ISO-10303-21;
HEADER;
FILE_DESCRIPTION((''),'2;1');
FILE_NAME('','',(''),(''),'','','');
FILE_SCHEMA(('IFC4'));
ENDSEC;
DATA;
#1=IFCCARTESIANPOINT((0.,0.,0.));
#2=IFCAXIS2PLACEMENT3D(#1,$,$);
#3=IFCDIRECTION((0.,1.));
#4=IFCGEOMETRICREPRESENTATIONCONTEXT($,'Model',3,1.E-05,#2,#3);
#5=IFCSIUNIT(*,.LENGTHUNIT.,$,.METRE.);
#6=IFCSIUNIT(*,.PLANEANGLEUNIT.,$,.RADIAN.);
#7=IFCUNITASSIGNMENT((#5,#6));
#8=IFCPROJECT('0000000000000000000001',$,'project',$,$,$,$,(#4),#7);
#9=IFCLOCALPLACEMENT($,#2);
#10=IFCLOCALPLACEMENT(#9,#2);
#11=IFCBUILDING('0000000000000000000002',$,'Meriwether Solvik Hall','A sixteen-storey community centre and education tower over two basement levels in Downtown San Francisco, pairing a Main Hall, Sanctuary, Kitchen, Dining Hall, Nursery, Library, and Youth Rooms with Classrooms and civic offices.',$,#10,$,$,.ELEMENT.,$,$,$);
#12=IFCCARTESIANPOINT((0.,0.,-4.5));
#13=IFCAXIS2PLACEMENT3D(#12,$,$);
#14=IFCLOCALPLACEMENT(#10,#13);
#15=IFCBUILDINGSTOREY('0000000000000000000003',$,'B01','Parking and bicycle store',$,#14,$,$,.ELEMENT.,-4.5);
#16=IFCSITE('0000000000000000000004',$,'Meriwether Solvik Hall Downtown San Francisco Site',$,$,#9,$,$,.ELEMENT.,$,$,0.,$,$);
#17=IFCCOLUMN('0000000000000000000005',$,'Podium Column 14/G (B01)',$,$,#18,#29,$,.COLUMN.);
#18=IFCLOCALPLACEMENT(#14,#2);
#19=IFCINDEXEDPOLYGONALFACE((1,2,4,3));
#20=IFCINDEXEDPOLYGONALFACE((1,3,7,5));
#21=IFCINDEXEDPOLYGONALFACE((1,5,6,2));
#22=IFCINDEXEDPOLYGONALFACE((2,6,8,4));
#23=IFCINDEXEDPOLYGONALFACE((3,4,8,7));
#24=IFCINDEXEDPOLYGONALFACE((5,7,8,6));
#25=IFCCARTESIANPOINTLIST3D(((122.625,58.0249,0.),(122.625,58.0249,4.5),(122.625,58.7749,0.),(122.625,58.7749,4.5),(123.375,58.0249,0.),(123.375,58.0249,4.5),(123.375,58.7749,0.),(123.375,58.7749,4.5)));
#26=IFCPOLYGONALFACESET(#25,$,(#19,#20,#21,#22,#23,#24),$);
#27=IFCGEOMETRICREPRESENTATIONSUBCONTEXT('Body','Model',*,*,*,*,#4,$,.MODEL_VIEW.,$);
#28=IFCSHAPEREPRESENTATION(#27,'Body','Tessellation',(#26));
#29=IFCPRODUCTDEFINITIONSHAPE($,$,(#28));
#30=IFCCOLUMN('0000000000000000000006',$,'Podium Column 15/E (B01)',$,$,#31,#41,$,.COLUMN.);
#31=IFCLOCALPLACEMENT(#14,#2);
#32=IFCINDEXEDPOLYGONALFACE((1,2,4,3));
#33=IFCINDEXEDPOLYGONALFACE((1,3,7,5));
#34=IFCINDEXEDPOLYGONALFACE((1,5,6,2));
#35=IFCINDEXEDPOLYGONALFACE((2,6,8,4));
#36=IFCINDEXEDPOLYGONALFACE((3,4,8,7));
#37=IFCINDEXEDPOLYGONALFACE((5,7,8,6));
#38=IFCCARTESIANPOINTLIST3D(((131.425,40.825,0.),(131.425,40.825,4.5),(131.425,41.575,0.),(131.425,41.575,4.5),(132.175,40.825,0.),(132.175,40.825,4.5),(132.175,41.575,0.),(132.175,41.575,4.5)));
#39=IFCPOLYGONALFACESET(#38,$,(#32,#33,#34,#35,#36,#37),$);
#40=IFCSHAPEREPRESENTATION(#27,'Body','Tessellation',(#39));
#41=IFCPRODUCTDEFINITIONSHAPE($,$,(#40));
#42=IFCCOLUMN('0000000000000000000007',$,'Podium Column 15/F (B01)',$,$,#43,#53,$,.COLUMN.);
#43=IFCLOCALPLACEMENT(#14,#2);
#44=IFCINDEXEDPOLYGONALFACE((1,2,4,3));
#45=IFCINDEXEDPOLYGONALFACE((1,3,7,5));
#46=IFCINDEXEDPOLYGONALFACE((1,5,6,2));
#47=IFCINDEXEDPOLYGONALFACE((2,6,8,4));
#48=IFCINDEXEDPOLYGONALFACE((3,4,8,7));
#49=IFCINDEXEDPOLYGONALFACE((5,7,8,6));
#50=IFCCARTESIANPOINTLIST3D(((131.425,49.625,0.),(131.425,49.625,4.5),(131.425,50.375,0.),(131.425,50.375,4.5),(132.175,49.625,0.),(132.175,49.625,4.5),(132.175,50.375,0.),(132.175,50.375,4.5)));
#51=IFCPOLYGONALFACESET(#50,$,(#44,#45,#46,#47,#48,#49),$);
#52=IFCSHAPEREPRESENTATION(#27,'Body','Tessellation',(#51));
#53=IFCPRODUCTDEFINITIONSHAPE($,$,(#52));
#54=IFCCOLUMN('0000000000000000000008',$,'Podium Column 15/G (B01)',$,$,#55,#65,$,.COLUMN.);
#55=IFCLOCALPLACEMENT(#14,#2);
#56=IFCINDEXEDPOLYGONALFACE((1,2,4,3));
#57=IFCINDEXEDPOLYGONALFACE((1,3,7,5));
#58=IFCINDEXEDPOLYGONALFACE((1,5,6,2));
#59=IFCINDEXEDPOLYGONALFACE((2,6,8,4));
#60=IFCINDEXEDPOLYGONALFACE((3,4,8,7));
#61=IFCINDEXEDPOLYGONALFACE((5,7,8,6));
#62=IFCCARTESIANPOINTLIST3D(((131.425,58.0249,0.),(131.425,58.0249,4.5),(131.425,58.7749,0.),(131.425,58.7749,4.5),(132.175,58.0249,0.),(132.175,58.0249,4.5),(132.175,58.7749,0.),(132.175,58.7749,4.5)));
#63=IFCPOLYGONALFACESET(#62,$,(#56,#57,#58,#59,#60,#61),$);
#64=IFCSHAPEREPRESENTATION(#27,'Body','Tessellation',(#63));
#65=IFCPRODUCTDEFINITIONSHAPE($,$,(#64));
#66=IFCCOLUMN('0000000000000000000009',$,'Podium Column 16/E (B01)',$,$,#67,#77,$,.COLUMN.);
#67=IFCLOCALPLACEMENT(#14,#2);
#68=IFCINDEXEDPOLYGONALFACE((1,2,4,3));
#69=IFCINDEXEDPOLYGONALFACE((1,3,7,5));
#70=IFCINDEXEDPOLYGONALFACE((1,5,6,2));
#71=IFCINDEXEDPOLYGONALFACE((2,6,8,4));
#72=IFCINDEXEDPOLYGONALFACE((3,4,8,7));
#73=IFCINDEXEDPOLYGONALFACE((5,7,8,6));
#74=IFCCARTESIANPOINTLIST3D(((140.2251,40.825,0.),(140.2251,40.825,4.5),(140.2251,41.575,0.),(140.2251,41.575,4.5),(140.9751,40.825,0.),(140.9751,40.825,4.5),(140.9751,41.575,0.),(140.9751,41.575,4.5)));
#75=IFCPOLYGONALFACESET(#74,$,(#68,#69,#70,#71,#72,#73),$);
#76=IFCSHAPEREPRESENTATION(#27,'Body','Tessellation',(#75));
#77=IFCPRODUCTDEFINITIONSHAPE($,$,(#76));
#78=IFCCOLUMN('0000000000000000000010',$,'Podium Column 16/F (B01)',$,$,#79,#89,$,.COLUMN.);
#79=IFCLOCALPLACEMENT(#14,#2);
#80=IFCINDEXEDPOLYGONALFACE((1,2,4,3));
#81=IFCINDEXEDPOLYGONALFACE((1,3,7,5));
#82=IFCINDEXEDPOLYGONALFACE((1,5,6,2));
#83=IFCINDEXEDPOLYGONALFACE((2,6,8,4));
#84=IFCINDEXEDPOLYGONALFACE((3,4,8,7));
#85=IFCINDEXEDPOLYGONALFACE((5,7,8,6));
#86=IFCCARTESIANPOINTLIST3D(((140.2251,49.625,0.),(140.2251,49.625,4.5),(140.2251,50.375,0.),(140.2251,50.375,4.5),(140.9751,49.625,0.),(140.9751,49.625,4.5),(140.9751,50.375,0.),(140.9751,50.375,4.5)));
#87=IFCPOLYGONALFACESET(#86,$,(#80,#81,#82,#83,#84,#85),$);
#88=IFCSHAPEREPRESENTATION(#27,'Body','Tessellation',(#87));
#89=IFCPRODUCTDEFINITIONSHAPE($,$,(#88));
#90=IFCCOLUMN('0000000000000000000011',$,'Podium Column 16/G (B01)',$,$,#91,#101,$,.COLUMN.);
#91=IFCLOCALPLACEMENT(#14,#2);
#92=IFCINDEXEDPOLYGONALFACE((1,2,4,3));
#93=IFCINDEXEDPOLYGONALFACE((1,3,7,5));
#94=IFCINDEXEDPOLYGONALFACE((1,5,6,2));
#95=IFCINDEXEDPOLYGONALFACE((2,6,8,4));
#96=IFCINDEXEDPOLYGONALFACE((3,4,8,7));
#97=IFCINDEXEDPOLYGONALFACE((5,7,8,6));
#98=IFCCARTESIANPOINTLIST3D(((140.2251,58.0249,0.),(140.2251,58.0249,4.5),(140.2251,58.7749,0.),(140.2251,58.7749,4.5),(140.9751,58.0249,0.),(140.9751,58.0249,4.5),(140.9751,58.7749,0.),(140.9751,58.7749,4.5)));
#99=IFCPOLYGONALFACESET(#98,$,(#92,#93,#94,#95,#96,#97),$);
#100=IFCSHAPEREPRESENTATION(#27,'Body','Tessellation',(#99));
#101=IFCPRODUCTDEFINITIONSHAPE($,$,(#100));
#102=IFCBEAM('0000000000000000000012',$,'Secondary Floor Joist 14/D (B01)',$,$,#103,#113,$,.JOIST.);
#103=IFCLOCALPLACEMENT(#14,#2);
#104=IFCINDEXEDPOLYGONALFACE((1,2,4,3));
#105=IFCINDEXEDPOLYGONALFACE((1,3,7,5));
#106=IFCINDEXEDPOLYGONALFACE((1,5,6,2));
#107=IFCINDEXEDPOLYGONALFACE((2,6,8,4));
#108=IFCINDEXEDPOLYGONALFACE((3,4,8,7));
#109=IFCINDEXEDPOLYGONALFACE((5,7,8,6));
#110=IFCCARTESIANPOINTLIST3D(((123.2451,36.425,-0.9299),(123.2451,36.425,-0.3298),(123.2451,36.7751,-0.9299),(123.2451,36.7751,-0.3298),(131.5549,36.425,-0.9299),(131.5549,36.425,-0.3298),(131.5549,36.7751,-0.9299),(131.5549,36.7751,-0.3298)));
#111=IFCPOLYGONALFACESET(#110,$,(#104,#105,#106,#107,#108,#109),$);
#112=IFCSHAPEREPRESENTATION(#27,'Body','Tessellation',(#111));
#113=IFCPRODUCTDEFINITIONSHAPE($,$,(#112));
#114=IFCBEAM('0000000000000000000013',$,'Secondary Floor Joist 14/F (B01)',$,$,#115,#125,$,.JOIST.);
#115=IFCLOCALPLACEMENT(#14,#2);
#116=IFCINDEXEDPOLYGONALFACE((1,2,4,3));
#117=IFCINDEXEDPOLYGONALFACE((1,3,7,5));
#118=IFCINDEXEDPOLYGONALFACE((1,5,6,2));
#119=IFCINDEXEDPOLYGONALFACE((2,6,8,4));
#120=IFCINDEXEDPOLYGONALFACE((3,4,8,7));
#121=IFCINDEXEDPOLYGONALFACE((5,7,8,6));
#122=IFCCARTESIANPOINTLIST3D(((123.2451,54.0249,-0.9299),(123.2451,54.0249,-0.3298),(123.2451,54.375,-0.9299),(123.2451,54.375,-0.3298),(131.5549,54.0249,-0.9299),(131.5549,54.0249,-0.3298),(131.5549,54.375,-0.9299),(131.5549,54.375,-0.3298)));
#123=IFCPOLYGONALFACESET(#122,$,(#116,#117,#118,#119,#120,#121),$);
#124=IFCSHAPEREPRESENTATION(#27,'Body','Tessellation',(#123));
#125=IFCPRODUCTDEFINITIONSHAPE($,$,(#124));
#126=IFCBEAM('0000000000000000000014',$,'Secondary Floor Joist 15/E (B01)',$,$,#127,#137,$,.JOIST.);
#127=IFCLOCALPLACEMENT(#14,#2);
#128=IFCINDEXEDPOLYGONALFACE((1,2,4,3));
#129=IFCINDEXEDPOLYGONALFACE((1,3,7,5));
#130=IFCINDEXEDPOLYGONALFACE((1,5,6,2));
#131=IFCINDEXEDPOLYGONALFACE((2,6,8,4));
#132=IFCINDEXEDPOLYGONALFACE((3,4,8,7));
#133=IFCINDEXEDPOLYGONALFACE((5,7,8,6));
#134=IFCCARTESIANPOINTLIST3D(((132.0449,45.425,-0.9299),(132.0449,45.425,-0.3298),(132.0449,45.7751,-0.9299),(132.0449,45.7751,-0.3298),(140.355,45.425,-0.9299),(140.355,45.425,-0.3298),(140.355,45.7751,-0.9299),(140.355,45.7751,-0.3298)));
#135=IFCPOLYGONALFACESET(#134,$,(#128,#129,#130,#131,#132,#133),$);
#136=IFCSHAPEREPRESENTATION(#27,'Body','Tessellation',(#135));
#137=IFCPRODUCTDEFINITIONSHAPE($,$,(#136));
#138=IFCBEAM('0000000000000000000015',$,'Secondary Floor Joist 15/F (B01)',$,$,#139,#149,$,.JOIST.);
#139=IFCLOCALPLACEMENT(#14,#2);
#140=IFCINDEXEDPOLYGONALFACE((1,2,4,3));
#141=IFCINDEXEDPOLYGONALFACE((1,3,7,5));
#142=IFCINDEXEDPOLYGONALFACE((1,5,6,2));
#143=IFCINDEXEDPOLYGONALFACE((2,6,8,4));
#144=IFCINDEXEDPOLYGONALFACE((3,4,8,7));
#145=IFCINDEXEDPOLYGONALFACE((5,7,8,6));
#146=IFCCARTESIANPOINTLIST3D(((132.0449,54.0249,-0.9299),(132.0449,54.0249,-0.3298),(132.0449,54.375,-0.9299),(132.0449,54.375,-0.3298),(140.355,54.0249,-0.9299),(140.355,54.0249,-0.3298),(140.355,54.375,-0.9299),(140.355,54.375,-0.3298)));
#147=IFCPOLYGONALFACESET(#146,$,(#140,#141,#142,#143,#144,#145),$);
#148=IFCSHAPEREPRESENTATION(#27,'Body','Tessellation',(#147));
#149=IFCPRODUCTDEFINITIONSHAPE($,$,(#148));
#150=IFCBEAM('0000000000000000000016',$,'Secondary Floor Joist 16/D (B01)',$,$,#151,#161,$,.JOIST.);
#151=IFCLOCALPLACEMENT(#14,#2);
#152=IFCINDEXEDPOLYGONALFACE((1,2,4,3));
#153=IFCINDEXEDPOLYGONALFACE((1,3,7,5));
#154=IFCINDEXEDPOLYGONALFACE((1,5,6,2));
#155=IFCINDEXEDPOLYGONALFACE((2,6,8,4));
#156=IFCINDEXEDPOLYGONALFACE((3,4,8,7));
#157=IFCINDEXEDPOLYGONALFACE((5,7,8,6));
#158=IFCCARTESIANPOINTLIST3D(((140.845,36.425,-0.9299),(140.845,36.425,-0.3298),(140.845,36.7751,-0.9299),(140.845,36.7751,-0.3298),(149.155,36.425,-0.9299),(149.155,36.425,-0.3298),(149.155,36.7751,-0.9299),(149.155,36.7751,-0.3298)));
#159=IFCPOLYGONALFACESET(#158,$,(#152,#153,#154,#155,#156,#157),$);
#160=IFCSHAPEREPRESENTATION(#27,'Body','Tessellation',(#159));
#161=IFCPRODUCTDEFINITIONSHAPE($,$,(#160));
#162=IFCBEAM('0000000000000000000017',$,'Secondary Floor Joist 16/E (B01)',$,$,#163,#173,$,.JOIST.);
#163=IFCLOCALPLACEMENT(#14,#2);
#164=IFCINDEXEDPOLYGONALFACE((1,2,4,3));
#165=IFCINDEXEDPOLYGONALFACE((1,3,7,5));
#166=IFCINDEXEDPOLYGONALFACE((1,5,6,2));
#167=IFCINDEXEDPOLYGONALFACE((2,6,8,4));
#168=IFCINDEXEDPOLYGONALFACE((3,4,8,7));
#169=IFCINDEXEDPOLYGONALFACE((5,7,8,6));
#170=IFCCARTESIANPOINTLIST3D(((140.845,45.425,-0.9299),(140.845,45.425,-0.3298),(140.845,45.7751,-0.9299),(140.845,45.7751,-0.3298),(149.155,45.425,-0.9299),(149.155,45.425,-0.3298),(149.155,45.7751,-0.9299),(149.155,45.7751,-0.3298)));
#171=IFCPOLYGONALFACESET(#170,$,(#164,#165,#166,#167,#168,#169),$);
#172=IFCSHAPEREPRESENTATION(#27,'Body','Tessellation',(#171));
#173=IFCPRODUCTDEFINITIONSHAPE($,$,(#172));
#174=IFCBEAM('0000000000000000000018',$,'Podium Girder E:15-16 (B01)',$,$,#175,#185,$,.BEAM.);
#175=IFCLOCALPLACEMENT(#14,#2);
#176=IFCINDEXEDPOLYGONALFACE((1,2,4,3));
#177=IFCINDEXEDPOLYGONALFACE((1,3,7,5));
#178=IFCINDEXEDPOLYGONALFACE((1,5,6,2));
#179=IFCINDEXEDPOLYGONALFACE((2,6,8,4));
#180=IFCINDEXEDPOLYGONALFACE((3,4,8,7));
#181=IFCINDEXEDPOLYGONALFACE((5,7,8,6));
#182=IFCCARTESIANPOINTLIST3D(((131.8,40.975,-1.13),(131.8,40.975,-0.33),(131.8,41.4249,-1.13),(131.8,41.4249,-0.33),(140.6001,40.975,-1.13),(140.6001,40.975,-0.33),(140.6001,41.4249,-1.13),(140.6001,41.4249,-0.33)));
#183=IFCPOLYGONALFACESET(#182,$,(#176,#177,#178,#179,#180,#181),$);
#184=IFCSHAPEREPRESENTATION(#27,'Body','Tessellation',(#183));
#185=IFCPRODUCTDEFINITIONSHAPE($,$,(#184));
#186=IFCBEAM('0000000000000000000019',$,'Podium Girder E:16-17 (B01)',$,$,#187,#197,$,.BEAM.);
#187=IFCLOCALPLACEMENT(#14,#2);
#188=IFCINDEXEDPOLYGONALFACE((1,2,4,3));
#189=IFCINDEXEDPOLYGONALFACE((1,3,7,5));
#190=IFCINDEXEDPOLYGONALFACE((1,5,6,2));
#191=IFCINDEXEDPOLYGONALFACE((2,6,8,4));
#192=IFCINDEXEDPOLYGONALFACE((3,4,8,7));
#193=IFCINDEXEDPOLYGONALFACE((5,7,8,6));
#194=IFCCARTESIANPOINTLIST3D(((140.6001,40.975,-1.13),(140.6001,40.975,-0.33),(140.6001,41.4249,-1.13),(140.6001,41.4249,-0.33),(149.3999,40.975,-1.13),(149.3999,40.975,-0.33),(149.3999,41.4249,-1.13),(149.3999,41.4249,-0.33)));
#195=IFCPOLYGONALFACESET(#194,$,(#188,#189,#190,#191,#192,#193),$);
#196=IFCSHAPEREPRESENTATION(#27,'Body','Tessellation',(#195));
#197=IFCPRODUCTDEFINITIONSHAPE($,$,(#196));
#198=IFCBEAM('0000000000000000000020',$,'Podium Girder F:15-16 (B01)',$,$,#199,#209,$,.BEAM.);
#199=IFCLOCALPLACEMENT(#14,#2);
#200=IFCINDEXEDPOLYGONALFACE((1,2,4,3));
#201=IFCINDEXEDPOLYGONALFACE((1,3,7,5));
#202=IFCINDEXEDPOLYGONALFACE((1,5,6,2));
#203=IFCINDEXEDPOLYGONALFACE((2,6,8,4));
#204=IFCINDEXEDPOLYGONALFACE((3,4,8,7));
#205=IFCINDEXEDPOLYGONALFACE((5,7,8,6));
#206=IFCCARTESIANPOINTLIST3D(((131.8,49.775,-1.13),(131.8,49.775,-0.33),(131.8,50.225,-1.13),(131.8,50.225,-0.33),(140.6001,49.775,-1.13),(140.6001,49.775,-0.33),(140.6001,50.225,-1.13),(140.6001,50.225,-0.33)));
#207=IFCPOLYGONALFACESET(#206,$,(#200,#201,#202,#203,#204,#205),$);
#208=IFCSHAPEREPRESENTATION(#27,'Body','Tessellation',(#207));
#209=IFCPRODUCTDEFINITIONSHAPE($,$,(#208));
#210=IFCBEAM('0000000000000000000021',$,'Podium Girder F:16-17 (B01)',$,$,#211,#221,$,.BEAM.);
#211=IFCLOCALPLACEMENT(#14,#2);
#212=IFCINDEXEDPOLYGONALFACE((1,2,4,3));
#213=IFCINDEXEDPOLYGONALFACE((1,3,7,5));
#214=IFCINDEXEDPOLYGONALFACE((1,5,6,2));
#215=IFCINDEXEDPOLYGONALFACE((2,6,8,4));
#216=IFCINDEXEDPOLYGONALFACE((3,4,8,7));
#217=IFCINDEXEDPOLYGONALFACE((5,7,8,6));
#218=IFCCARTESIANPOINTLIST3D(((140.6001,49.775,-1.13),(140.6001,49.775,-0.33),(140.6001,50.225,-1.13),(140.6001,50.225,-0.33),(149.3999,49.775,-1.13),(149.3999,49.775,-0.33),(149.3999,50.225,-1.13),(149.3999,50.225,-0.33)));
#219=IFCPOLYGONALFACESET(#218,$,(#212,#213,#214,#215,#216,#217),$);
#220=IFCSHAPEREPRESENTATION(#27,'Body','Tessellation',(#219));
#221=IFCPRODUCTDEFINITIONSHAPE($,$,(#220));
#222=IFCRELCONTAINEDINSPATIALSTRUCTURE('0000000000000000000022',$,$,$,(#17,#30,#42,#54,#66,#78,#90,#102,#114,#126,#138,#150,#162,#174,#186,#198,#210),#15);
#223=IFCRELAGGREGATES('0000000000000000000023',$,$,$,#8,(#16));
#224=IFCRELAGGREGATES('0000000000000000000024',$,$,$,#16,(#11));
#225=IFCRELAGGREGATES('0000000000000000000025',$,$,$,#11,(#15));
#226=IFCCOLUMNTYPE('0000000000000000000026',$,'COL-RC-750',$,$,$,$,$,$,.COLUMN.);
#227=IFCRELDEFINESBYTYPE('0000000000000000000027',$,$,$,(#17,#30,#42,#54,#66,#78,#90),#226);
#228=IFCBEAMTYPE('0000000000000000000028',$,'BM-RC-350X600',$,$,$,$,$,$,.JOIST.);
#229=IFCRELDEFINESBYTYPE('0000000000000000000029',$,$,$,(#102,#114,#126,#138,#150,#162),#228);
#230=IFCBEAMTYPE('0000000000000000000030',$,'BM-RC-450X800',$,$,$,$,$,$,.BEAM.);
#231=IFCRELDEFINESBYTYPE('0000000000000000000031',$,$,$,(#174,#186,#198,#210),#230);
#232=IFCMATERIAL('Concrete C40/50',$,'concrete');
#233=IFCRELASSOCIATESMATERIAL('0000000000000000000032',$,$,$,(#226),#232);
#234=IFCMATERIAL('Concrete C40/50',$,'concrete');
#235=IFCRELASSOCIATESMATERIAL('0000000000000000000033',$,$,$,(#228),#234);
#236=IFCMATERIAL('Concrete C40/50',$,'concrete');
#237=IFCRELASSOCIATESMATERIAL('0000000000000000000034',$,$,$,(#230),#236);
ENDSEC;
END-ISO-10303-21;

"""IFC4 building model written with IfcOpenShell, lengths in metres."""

from ifc_helpers import new_model, si_unit, direction, frame, origin, origin_2d, place, context, subcontext, project, spatial, rectangle, extrude, material, material_profile, profile_set, type_object, element, save


model = new_model("IFC4")

# Units and contexts
model_context = context("Model", 3, precision=1e-05, world=origin(), true_north=direction((0.0, 1.0)))
body_context = subcontext(model_context, "Body", "Model", "MODEL_VIEW")
ifc_project = project(units=[si_unit("LENGTHUNIT", "METRE"), si_unit("PLANEANGLEUNIT", "RADIAN")], contexts=[model_context])

# Site, building, storey
site_placement = place(None, origin())
site = spatial("IfcSite", under=ifc_project, at=site_placement, Name="Meriwether Solvik Hall Downtown San Francisco Site", CompositionType="ELEMENT", RefElevation=0.0)
building_placement = place(site_placement, origin())
building = spatial("IfcBuilding", under=site, at=building_placement, Name="Meriwether Solvik Hall", Description="A sixteen-storey community centre and education tower over two basement levels in Downtown San Francisco, pairing a Main Hall, Sanctuary, Kitchen, Dining Hall, Nursery, Library, and Youth Rooms with Classrooms and civic offices.", CompositionType="ELEMENT")
storey_placement = place(building_placement, frame((0.0, 0.0, -4.5)))
storey = spatial("IfcBuildingStorey", under=building, at=storey_placement, Name="B01", Description="Parking and bicycle store", CompositionType="ELEMENT", Elevation=-4.5)

# Columns
ifc_material_1 = material(Name="Concrete C40/50", Category="concrete")
ifc_material_profile_1 = material_profile(ifc_material_1, rectangle(XDim=0.75, YDim=0.75, at=origin_2d()), Name="RCC-750X750")
ifc_profile_set_1 = profile_set([ifc_material_profile_1], Name="Concrete C40/50")
column_type = type_object("IfcColumnType", Name="COL-RC-750", PredefinedType="COLUMN", material=ifc_profile_set_1)
for number, where, z_axis, x_axis, name in (
    (1, (123.0, 58.3999, 0.0), (0.0, 0.0, 1.0), (1.0, 0.0, 0.0), "Podium Column 14/G (B01)"),
    (2, (131.8, 41.2, 0.0), (0.0, 0.0, 1.0), (1.0, 0.0, 0.0), "Podium Column 15/E (B01)"),
    (3, (131.8, 50.0, 0.0), (0.0, 0.0, 1.0), (1.0, 0.0, 0.0), "Podium Column 15/F (B01)"),
    (4, (131.8, 58.3999, 0.0), (0.0, 0.0, 1.0), (1.0, 0.0, 0.0), "Podium Column 15/G (B01)"),
    (5, (140.6001, 41.2, 0.0), (0.0, 0.0, 1.0), (1.0, 0.0, 0.0), "Podium Column 16/E (B01)"),
    (6, (140.6001, 50.0, 0.0), (0.0, 0.0, 1.0), (1.0, 0.0, 0.0), "Podium Column 16/F (B01)"),
    (7, (140.6001, 58.3999, 0.0), (0.0, 0.0, 1.0), (1.0, 0.0, 0.0), "Podium Column 16/G (B01)"),
):
    element("IfcColumn", number, at=place(storey_placement, frame(where, z_axis=z_axis, x_axis=x_axis)), inside=storey, type_object=column_type, Name=name, PredefinedType="COLUMN", context=body_context, shape_type="SweptSolid", body=[
        extrude(rectangle(XDim=0.75, YDim=0.75, at=origin_2d()), origin(), (0.0, 0.0, 1.0), 4.5),
    ])

# Beams
ifc_material_2 = material(Name="Concrete C40/50", Category="concrete")
ifc_material_profile_2 = material_profile(ifc_material_2, rectangle(XDim=0.3501, YDim=0.6001, at=origin_2d()), Name="RCB-350X600")
ifc_profile_set_2 = profile_set([ifc_material_profile_2], Name="Concrete C40/50")
beam_type_1 = type_object("IfcBeamType", Name="BM-RC-350X600", PredefinedType="JOIST", material=ifc_profile_set_2)
for number, where, z_axis, x_axis, name in (
    (8, (123.2451, 36.6001, -0.6299), (1.0, 0.0, 0.0), (0.0, 1.0, 0.0), "Secondary Floor Joist 14/D (B01)"),
    (9, (123.2451, 54.2, -0.6299), (1.0, 0.0, 0.0), (0.0, 1.0, 0.0), "Secondary Floor Joist 14/F (B01)"),
):
    element("IfcBeam", number, at=place(storey_placement, frame(where, z_axis=z_axis, x_axis=x_axis)), inside=storey, type_object=beam_type_1, Name=name, PredefinedType="JOIST", context=body_context, shape_type="SweptSolid", body=[
        extrude(rectangle(XDim=0.3501, YDim=0.6001, at=origin_2d()), origin(), (0.0, 0.0, 1.0), 8.3098),
    ])
for number, where, z_axis, x_axis, name in (
    (10, (132.0449, 45.6001, -0.6299), (1.0, 0.0, 0.0), (0.0, 1.0, 0.0), "Secondary Floor Joist 15/E (B01)"),
    (11, (132.0449, 54.2, -0.6299), (1.0, 0.0, 0.0), (0.0, 1.0, 0.0), "Secondary Floor Joist 15/F (B01)"),
    (12, (140.845, 36.6001, -0.6299), (1.0, 0.0, 0.0), (0.0, 1.0, 0.0), "Secondary Floor Joist 16/D (B01)"),
    (13, (140.845, 45.6001, -0.6299), (1.0, 0.0, 0.0), (0.0, 1.0, 0.0), "Secondary Floor Joist 16/E (B01)"),
):
    element("IfcBeam", number, at=place(storey_placement, frame(where, z_axis=z_axis, x_axis=x_axis)), inside=storey, type_object=beam_type_1, Name=name, PredefinedType="JOIST", context=body_context, shape_type="SweptSolid", body=[
        extrude(rectangle(XDim=0.3501, YDim=0.6001, at=origin_2d()), origin(), (0.0, 0.0, 1.0), 8.3101),
    ])
ifc_material_3 = material(Name="Concrete C40/50", Category="concrete")
ifc_material_profile_3 = material_profile(ifc_material_3, rectangle(XDim=0.45, YDim=0.8, at=origin_2d()), Name="RCB-450X800")
ifc_profile_set_3 = profile_set([ifc_material_profile_3], Name="Concrete C40/50")
beam_type_2 = type_object("IfcBeamType", Name="BM-RC-450X800", PredefinedType="BEAM", material=ifc_profile_set_3)
beam_1_placement = place(storey_placement, frame((131.8, 41.2, -0.73), z_axis=(1.0, 0.0, 0.0), x_axis=(0.0, 1.0, 0.0)))
element("IfcBeam", 14, at=beam_1_placement, inside=storey, type_object=beam_type_2, Name="Podium Girder E:15-16 (B01)", PredefinedType="BEAM", context=body_context, shape_type="SweptSolid", body=[
    extrude(rectangle(XDim=0.45, YDim=0.8, at=origin_2d()), origin(), (0.0, 0.0, 1.0), 8.8),
])
beam_2_placement = place(storey_placement, frame((140.6001, 41.2, -0.73), z_axis=(1.0, 0.0, 0.0), x_axis=(0.0, 1.0, 0.0)))
element("IfcBeam", 15, at=beam_2_placement, inside=storey, type_object=beam_type_2, Name="Podium Girder E:16-17 (B01)", PredefinedType="BEAM", context=body_context, shape_type="SweptSolid", body=[
    extrude(rectangle(XDim=0.45, YDim=0.8, at=origin_2d()), origin(), (0.0, 0.0, 1.0), 8.7998),
])
beam_3_placement = place(storey_placement, frame((131.8, 50.0, -0.73), z_axis=(1.0, 0.0, 0.0), x_axis=(0.0, 1.0, 0.0)))
element("IfcBeam", 16, at=beam_3_placement, inside=storey, type_object=beam_type_2, Name="Podium Girder F:15-16 (B01)", PredefinedType="BEAM", context=body_context, shape_type="SweptSolid", body=[
    extrude(rectangle(XDim=0.45, YDim=0.8, at=origin_2d()), origin(), (0.0, 0.0, 1.0), 8.8),
])
beam_4_placement = place(storey_placement, frame((140.6001, 50.0, -0.73), z_axis=(1.0, 0.0, 0.0), x_axis=(0.0, 1.0, 0.0)))
element("IfcBeam", 17, at=beam_4_placement, inside=storey, type_object=beam_type_2, Name="Podium Girder F:16-17 (B01)", PredefinedType="BEAM", context=body_context, shape_type="SweptSolid", body=[
    extrude(rectangle(XDim=0.45, YDim=0.8, at=origin_2d()), origin(), (0.0, 0.0, 1.0), 8.7998),
])

save(model, "model.ifc")
